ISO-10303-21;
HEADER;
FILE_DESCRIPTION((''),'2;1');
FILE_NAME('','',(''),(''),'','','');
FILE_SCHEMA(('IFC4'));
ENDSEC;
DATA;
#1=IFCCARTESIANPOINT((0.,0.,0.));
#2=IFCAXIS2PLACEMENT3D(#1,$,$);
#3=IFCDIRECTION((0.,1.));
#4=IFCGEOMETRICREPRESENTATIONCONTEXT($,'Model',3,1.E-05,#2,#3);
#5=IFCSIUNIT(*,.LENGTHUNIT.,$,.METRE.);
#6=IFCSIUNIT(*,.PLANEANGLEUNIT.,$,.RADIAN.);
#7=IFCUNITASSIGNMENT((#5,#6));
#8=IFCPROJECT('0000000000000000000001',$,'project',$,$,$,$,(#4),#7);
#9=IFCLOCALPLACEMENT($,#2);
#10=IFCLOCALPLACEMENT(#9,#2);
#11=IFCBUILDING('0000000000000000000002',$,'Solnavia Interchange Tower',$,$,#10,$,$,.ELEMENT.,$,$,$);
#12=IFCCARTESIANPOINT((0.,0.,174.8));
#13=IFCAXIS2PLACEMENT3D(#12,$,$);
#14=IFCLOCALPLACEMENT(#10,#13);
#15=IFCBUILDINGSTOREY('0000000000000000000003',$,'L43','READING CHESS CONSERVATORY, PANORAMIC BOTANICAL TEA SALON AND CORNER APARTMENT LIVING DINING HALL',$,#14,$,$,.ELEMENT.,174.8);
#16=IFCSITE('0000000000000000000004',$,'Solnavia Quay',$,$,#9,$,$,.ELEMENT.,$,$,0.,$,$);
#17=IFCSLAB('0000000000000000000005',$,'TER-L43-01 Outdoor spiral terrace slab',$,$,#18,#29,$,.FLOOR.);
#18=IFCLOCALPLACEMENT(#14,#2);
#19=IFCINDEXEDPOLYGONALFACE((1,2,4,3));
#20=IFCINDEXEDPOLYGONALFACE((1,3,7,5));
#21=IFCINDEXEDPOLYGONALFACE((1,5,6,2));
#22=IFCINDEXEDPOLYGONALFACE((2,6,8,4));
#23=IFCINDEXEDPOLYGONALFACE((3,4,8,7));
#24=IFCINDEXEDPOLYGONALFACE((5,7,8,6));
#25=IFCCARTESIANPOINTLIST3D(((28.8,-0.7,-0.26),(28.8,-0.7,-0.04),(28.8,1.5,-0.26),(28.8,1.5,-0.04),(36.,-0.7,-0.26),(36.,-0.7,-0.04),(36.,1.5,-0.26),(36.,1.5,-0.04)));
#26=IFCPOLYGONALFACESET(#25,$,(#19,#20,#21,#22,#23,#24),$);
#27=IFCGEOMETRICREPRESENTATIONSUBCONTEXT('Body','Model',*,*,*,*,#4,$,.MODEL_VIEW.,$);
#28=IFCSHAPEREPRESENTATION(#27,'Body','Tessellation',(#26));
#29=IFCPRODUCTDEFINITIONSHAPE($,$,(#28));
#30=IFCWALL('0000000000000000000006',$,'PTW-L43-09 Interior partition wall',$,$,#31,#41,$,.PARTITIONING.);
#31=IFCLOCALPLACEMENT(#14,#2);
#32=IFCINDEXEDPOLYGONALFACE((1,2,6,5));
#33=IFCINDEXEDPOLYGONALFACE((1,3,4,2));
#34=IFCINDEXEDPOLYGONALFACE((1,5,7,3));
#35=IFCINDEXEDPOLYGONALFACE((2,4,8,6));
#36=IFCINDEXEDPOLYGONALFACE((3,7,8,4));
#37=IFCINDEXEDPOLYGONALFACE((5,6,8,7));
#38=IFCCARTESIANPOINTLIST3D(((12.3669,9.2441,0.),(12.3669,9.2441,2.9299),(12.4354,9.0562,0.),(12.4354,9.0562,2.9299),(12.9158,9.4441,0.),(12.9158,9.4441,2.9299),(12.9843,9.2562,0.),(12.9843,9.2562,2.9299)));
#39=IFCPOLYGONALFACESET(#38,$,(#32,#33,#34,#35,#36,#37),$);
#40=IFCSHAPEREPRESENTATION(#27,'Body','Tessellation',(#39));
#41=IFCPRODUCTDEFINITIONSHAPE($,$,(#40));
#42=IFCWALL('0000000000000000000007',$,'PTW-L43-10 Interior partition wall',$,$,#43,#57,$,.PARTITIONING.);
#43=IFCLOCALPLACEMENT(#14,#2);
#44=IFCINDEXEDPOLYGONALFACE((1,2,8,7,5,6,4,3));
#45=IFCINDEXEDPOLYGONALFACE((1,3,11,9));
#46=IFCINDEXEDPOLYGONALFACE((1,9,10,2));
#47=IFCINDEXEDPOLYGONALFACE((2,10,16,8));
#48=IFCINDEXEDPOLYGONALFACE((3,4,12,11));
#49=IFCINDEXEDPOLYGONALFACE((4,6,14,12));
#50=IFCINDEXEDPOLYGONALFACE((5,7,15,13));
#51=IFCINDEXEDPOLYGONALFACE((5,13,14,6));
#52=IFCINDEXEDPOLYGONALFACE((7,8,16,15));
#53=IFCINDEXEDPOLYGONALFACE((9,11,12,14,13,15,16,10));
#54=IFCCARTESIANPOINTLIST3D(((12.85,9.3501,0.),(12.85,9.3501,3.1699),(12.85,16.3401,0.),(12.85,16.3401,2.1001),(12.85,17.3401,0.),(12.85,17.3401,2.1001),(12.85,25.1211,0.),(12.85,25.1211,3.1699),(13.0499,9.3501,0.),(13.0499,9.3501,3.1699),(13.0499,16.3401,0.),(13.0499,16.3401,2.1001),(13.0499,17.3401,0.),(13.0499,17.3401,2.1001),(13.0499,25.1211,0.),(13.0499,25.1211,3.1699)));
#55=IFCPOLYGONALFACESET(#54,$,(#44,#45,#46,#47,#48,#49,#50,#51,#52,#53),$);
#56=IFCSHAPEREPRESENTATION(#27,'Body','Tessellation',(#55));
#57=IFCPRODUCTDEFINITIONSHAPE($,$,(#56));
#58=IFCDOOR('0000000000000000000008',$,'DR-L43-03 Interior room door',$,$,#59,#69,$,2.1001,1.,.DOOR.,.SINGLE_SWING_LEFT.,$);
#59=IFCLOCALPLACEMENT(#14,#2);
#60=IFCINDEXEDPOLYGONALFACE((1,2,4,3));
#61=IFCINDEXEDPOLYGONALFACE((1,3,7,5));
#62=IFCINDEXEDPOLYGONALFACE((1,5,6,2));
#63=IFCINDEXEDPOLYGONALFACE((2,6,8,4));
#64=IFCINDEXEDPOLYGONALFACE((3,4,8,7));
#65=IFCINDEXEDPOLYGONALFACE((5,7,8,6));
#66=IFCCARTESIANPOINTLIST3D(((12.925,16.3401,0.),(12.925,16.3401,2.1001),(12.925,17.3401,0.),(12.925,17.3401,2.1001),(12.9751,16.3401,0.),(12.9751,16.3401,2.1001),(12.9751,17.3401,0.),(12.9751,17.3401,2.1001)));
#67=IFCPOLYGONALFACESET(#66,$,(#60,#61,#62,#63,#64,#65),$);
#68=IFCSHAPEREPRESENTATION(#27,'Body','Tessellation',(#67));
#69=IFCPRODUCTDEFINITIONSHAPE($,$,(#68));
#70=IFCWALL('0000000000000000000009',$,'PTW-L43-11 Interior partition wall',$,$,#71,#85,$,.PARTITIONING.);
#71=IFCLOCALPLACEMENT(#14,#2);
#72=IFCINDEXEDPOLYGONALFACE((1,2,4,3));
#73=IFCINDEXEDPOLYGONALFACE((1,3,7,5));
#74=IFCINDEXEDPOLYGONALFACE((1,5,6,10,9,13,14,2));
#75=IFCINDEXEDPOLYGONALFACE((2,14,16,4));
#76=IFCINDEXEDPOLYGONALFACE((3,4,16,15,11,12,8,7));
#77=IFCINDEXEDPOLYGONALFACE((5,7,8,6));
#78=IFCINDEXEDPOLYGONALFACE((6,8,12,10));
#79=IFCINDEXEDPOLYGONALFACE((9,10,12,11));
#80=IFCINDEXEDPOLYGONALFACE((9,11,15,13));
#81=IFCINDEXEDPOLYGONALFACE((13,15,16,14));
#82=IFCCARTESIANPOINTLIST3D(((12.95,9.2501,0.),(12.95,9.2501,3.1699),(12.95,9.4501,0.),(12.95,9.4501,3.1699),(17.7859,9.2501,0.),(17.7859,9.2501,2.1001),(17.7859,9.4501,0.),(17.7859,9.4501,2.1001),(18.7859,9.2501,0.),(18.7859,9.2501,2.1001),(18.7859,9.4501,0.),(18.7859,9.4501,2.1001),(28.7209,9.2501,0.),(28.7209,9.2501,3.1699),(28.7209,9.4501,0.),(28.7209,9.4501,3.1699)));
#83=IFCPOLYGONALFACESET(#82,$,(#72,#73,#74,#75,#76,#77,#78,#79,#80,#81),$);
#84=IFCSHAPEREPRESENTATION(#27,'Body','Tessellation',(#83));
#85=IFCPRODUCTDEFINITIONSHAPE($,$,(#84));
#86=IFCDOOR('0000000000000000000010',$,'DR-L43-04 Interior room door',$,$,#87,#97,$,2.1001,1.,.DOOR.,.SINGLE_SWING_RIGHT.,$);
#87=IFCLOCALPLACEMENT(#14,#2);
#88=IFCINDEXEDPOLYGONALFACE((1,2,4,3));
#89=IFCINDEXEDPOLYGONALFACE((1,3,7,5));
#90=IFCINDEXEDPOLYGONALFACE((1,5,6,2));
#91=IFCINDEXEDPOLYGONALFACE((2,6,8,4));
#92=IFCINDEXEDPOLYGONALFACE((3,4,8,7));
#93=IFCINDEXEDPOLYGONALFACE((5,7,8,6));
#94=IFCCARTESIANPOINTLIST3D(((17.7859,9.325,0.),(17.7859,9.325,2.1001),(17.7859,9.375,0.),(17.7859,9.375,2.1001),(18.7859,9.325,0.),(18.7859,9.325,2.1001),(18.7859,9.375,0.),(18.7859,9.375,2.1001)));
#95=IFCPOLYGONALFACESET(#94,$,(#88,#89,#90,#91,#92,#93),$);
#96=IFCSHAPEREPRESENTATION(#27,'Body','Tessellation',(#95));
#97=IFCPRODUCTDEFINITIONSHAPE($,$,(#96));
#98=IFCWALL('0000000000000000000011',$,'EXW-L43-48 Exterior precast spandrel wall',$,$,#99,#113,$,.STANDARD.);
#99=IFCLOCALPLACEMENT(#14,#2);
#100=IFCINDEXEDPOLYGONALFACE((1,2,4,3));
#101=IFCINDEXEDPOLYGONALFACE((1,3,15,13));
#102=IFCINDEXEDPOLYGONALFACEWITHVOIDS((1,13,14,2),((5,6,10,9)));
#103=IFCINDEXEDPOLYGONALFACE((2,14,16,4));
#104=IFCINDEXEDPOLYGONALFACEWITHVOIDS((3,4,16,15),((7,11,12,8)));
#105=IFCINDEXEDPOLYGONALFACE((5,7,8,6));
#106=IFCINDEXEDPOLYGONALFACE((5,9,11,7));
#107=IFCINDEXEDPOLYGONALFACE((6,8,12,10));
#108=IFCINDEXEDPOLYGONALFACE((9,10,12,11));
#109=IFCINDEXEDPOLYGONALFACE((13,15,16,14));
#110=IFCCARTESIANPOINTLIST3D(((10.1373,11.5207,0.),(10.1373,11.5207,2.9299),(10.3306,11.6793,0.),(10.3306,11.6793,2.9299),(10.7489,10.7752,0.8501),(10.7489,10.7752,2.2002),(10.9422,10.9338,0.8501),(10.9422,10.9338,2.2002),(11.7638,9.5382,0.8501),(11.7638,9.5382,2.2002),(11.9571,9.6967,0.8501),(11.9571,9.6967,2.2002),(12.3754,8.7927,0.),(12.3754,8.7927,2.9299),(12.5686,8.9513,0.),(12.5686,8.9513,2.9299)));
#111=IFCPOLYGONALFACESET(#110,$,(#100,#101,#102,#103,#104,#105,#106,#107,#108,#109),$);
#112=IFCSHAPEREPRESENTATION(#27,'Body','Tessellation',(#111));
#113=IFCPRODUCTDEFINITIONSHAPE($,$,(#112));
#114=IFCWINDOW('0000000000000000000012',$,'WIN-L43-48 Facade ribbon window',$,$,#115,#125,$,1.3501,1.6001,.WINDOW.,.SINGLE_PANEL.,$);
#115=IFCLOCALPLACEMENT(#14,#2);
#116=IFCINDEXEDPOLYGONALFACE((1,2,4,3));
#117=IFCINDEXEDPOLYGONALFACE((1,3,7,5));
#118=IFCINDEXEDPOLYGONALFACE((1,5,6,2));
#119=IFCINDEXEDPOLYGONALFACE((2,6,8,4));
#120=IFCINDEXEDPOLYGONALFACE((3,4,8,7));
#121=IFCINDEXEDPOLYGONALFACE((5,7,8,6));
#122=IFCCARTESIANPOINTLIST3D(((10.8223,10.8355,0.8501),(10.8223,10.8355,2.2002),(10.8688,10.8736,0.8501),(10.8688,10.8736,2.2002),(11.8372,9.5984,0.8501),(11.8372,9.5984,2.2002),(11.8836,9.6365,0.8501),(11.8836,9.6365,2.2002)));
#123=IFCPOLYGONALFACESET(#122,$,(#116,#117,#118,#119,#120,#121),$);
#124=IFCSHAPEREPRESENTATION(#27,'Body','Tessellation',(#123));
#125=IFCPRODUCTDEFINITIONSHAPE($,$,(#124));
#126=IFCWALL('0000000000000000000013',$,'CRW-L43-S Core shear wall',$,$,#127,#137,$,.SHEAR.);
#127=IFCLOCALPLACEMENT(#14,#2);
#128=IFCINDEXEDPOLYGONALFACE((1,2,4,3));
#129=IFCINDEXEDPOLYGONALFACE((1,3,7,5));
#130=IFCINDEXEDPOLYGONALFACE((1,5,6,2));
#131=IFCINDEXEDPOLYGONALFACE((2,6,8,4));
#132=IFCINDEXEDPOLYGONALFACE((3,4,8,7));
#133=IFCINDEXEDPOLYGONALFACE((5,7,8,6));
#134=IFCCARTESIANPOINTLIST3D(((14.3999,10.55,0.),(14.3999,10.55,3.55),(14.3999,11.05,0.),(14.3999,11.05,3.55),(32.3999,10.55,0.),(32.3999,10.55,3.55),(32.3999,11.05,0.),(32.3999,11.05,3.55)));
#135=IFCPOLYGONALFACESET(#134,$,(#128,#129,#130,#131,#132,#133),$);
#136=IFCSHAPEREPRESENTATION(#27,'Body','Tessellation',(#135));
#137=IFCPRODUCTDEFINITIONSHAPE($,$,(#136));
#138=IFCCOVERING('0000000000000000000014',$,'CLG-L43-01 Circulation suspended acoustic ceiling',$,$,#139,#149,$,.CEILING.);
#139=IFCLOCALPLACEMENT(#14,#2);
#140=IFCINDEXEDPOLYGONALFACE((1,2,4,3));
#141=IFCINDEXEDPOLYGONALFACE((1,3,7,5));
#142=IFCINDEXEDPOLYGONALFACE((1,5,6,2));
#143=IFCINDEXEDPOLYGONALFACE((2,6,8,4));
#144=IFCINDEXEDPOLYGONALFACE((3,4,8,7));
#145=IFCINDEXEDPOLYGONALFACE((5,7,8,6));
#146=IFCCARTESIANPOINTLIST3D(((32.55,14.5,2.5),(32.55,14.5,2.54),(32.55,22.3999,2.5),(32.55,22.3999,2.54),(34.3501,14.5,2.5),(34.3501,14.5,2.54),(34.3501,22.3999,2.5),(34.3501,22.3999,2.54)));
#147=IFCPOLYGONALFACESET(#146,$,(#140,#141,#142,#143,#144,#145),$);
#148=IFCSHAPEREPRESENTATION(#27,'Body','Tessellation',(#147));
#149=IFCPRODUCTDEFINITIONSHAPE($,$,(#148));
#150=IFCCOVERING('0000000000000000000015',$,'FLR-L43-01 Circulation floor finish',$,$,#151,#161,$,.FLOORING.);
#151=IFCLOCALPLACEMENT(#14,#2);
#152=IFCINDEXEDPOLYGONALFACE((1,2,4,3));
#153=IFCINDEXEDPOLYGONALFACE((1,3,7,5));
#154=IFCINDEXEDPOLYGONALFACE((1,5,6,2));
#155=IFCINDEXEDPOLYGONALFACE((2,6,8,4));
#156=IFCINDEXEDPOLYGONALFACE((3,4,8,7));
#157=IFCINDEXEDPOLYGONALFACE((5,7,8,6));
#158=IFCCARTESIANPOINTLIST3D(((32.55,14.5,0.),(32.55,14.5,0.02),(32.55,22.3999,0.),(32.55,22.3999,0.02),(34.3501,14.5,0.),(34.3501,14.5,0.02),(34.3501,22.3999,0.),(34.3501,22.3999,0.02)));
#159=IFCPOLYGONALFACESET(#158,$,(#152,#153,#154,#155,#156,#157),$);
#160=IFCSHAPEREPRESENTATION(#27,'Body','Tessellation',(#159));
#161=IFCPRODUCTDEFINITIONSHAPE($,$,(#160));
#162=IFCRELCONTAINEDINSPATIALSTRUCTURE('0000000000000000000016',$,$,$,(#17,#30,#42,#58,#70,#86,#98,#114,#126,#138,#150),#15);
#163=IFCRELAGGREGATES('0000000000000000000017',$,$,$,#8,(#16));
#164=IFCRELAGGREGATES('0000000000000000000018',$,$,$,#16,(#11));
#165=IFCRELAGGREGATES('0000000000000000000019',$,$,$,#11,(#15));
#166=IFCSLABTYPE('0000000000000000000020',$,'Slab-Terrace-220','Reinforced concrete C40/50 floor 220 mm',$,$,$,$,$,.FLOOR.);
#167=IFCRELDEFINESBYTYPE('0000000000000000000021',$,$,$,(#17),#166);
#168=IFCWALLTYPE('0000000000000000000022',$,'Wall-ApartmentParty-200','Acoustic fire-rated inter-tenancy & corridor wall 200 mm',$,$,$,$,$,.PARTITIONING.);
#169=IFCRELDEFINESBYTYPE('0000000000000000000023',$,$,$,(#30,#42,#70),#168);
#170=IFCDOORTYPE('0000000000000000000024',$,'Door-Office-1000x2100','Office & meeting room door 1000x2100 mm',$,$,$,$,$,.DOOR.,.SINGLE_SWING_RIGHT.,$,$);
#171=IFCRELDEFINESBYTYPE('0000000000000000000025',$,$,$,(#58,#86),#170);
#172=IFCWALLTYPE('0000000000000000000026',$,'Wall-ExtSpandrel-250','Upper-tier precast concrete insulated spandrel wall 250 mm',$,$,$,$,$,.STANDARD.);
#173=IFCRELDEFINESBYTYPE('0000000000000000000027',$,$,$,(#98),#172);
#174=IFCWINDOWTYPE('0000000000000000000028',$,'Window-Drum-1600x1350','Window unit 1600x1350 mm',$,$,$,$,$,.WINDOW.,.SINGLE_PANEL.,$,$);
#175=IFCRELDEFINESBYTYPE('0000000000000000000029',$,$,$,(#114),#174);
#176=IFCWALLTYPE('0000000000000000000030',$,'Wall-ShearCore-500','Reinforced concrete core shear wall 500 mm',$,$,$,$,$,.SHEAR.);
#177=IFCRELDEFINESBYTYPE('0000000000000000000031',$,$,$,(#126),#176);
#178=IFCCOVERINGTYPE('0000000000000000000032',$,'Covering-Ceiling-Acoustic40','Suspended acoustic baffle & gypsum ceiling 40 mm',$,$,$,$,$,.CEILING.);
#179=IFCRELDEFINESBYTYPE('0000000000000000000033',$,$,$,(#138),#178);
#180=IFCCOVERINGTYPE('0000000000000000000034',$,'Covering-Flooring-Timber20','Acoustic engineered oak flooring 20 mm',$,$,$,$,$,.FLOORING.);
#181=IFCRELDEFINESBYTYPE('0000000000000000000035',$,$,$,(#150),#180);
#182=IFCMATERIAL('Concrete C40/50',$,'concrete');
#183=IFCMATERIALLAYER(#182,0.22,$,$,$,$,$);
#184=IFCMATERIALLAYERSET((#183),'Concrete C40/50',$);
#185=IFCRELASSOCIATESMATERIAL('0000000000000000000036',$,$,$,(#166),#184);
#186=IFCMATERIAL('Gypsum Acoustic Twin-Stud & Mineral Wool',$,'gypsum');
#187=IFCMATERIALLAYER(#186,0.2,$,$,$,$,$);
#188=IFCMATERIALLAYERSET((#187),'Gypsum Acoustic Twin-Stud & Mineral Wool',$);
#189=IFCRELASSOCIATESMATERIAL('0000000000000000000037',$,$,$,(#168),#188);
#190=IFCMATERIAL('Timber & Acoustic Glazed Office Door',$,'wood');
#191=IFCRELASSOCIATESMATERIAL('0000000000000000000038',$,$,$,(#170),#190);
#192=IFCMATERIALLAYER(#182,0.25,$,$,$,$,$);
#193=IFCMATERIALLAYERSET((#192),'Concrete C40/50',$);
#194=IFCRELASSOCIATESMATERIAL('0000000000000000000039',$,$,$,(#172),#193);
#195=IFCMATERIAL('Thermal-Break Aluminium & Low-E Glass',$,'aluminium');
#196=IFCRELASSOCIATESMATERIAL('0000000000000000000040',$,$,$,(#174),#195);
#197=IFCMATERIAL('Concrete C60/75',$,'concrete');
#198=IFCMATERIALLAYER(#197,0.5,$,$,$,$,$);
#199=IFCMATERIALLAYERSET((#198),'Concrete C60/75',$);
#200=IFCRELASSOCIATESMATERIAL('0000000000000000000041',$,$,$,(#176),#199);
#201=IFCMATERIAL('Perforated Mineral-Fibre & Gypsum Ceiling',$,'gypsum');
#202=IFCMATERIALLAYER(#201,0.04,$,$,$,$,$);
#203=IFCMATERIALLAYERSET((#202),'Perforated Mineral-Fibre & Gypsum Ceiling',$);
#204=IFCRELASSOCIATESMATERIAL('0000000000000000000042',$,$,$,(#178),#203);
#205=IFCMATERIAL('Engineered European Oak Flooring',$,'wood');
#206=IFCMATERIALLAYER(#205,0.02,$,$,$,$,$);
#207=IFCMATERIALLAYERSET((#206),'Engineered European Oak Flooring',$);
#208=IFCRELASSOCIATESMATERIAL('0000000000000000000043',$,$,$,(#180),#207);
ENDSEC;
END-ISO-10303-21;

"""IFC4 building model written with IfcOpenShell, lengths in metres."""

from ifc_helpers import new_model, si_unit, direction, frame, frame_2d, origin, place, context, subcontext, project, spatial, polyline, rectangle, outline, extrude, material, layer, layer_set, type_object, element, fill, save


model = new_model("IFC4")

# Units and contexts
model_context = context("Model", 3, precision=1e-05, world=origin(), true_north=direction((0.0, 1.0)))
body_context = subcontext(model_context, "Body", "Model", "MODEL_VIEW")
ifc_project = project(units=[si_unit("LENGTHUNIT", "METRE"), si_unit("PLANEANGLEUNIT", "RADIAN")], contexts=[model_context])

# Site, building, storey
site_placement = place(None, origin())
site = spatial("IfcSite", under=ifc_project, at=site_placement, Name="Solnavia Quay", CompositionType="ELEMENT", RefElevation=0.0)
building_placement = place(site_placement, origin())
building = spatial("IfcBuilding", under=site, at=building_placement, Name="Solnavia Interchange Tower", CompositionType="ELEMENT")
storey_placement = place(building_placement, frame((0.0, 0.0, 174.8)))
storey = spatial("IfcBuildingStorey", under=building, at=storey_placement, Name="L43", Description="READING CHESS CONSERVATORY, PANORAMIC BOTANICAL TEA SALON AND CORNER APARTMENT LIVING DINING HALL", CompositionType="ELEMENT", Elevation=174.8)

# Shared definitions
ifc_material_1 = material(Name="Concrete C40/50", Category="concrete")

# Slab
ifc_layer_1 = layer(ifc_material_1, 0.22)
ifc_layer_set_1 = layer_set([ifc_layer_1], Name="Concrete C40/50")
slab_type_1 = type_object("IfcSlabType", Name="Slab-Terrace-220", Description="Reinforced concrete C40/50 floor 220 mm", PredefinedType="FLOOR", material=ifc_layer_set_1)
slab_1_placement = place(storey_placement, frame((0.0, 0.0, -0.26)))
element("IfcSlab", 1, at=slab_1_placement, inside=storey, type_object=slab_type_1, Name="TER-L43-01 Outdoor spiral terrace slab", PredefinedType="FLOOR", context=body_context, shape_type="SweptSolid", body=[
    extrude(outline(polyline([(28.8, -0.7), (36.0, -0.7), (36.0, 1.5), (28.8, 1.5), (28.8, -0.7)])), origin(), (0.0, 0.0, 1.0), 0.22),
])

# Wall
ifc_material_2 = material(Name="Gypsum Acoustic Twin-Stud & Mineral Wool", Category="gypsum")
ifc_layer_2 = layer(ifc_material_2, 0.2)
ifc_layer_set_2 = layer_set([ifc_layer_2], Name="Gypsum Acoustic Twin-Stud & Mineral Wool")
wall_type_1 = type_object("IfcWallType", Name="Wall-ApartmentParty-200", Description="Acoustic fire-rated inter-tenancy & corridor wall 200 mm", PredefinedType="PARTITIONING", material=ifc_layer_set_2)
wall_1_placement = place(storey_placement, frame((12.95, 9.3501, 0.0), z_axis=(0.0, 0.0, 1.0), x_axis=(-0.939586, -0.342314, 0.0)))
element("IfcWall", 2, at=wall_1_placement, inside=storey, type_object=wall_type_1, Name="PTW-L43-09 Interior partition wall", PredefinedType="PARTITIONING", context=body_context, shape_type="SweptSolid", body=[
    extrude(rectangle(XDim=0.5842, YDim=0.2, at=frame_2d((0.292, 0.0))), origin(), (0.0, 0.0, 1.0), 2.9299),
])

# Walls, openings, doors
wall_2_placement = place(storey_placement, frame((12.95, 9.3501, 0.0), z_axis=(0.0, 0.0, 1.0), x_axis=(0.0, 1.0, 0.0)))
wall_2 = element("IfcWall", 3, at=wall_2_placement, inside=storey, type_object=wall_type_1, Name="PTW-L43-10 Interior partition wall", PredefinedType="PARTITIONING", context=body_context, shape_type="SweptSolid", body=[
    extrude(rectangle(XDim=15.771, YDim=0.2, at=frame_2d((7.8855, 0.0))), origin(), (0.0, 0.0, 1.0), 3.1699),
])
opening_1_placement = place(wall_2_placement, frame((6.99, 0.0, 0.0)))
opening_1 = element("IfcOpeningElement", 4, at=opening_1_placement, cuts=wall_2, PredefinedType="OPENING", context=body_context, shape_type="SweptSolid", body=[
    extrude(rectangle(XDim=1.0, YDim=2.1001, at=frame_2d((0.5, 1.05))), frame((0.0, 0.1099, 0.0), z_axis=(0.0, -1.0, 0.0), x_axis=(1.0, 0.0, 0.0)), (0.0, 0.0, 1.0), 0.22),
])
ifc_material_3 = material(Name="Timber & Acoustic Glazed Office Door", Category="wood")
door_type = type_object("IfcDoorType", Name="Door-Office-1000x2100", Description="Office & meeting room door 1000x2100 mm", OperationType="SINGLE_SWING_RIGHT", PredefinedType="DOOR", material=ifc_material_3)
door_1_placement = place(opening_1_placement, origin())
door_1 = element("IfcDoor", 5, at=door_1_placement, inside=storey, type_object=door_type, Name="DR-L43-03 Interior room door", OperationType="SINGLE_SWING_LEFT", OverallHeight=2.1001, OverallWidth=1.0, PredefinedType="DOOR", context=body_context, shape_type="SweptSolid", body=[
    extrude(rectangle(XDim=1.0, YDim=2.1001, at=frame_2d((0.5, 1.05))), frame((0.0, 0.0249, 0.0), z_axis=(0.0, -1.0, 0.0), x_axis=(1.0, 0.0, 0.0)), (0.0, 0.0, 1.0), 0.05),
])
fill(opening_1, door_1)
wall_3_placement = place(storey_placement, frame((12.95, 9.3501, 0.0), z_axis=(0.0, 0.0, 1.0), x_axis=(1.0, 0.0, 0.0)))
wall_3 = element("IfcWall", 6, at=wall_3_placement, inside=storey, type_object=wall_type_1, Name="PTW-L43-11 Interior partition wall", PredefinedType="PARTITIONING", context=body_context, shape_type="SweptSolid", body=[
    extrude(rectangle(XDim=15.771, YDim=0.2, at=frame_2d((7.8855, 0.0))), origin(), (0.0, 0.0, 1.0), 3.1699),
])
opening_2_placement = place(wall_3_placement, frame((4.8359, 0.0, 0.0)))
opening_2 = element("IfcOpeningElement", 7, at=opening_2_placement, cuts=wall_3, PredefinedType="OPENING", context=body_context, shape_type="SweptSolid", body=[
    extrude(rectangle(XDim=1.0, YDim=2.1001, at=frame_2d((0.5, 1.05))), frame((0.0, 0.1099, 0.0), z_axis=(0.0, -1.0, 0.0), x_axis=(1.0, 0.0, 0.0)), (0.0, 0.0, 1.0), 0.22),
])
door_2_placement = place(opening_2_placement, origin())
door_2 = element("IfcDoor", 8, at=door_2_placement, inside=storey, type_object=door_type, Name="DR-L43-04 Interior room door", OperationType="SINGLE_SWING_RIGHT", OverallHeight=2.1001, OverallWidth=1.0, PredefinedType="DOOR", context=body_context, shape_type="SweptSolid", body=[
    extrude(rectangle(XDim=1.0, YDim=2.1001, at=frame_2d((0.5, 1.05))), frame((0.0, 0.0249, 0.0), z_axis=(0.0, -1.0, 0.0), x_axis=(1.0, 0.0, 0.0)), (0.0, 0.0, 1.0), 0.05),
])
fill(opening_2, door_2)

# Wall, opening, window
ifc_layer_3 = layer(ifc_material_1, 0.25)
ifc_layer_set_3 = layer_set([ifc_layer_3], Name="Concrete C40/50")
wall_type_2 = type_object("IfcWallType", Name="Wall-ExtSpandrel-250", Description="Upper-tier precast concrete insulated spandrel wall 250 mm", PredefinedType="STANDARD", material=ifc_layer_set_3)
wall_4_placement = place(storey_placement, frame((12.4719, 8.8721, 0.0), z_axis=(0.0, 0.0, 1.0), x_axis=(-0.634258, 0.773121, 0.0)))
wall_4 = element("IfcWall", 9, at=wall_4_placement, inside=storey, type_object=wall_type_2, Name="EXW-L43-48 Exterior precast spandrel wall", PredefinedType="STANDARD", context=body_context, shape_type="SweptSolid", body=[
    extrude(rectangle(XDim=3.5286, YDim=0.25, at=frame_2d((1.7642, 0.0))), origin(), (0.0, 0.0, 1.0), 2.9299),
])
opening_3_placement = place(wall_4_placement, frame((0.9641, 0.0, 0.8501)))
opening_3 = element("IfcOpeningElement", 10, at=opening_3_placement, cuts=wall_4, PredefinedType="OPENING", context=body_context, shape_type="SweptSolid", body=[
    extrude(rectangle(XDim=1.6001, YDim=1.3501, at=frame_2d((0.8, 0.675))), frame((0.0, 0.135, 0.0), z_axis=(0.0, -1.0, 0.0), x_axis=(1.0, 0.0, 0.0)), (0.0, 0.0, 1.0), 0.27),
])
ifc_material_4 = material(Name="Thermal-Break Aluminium & Low-E Glass", Category="aluminium")
window_type = type_object("IfcWindowType", Name="Window-Drum-1600x1350", Description="Window unit 1600x1350 mm", PartitioningType="SINGLE_PANEL", PredefinedType="WINDOW", material=ifc_material_4)
window_placement = place(opening_3_placement, origin())
window = element("IfcWindow", 11, at=window_placement, inside=storey, type_object=window_type, Name="WIN-L43-48 Facade ribbon window", OverallHeight=1.3501, OverallWidth=1.6001, PartitioningType="SINGLE_PANEL", PredefinedType="WINDOW", context=body_context, shape_type="SweptSolid", body=[
    extrude(rectangle(XDim=1.6001, YDim=1.3501, at=frame_2d((0.8, 0.675))), frame((0.0, 0.03, 0.0), z_axis=(0.0, -1.0, 0.0), x_axis=(1.0, 0.0, 0.0)), (0.0, 0.0, 1.0), 0.0601),
])
fill(opening_3, window)

# Wall
ifc_material_5 = material(Name="Concrete C60/75", Category="concrete")
ifc_layer_4 = layer(ifc_material_5, 0.5)
ifc_layer_set_4 = layer_set([ifc_layer_4], Name="Concrete C60/75")
wall_type_3 = type_object("IfcWallType", Name="Wall-ShearCore-500", Description="Reinforced concrete core shear wall 500 mm", PredefinedType="SHEAR", material=ifc_layer_set_4)
wall_5_placement = place(storey_placement, frame((14.3999, 10.8, 0.0), z_axis=(0.0, 0.0, 1.0), x_axis=(1.0, 0.0, 0.0)))
element("IfcWall", 12, at=wall_5_placement, inside=storey, type_object=wall_type_3, Name="CRW-L43-S Core shear wall", PredefinedType="SHEAR", context=body_context, shape_type="SweptSolid", body=[
    extrude(rectangle(XDim=18.0, YDim=0.5, at=frame_2d((9.0, 0.0))), origin(), (0.0, 0.0, 1.0), 3.55),
])

# Coverings
ifc_material_6 = material(Name="Perforated Mineral-Fibre & Gypsum Ceiling", Category="gypsum")
ifc_layer_5 = layer(ifc_material_6, 0.04)
ifc_layer_set_5 = layer_set([ifc_layer_5], Name="Perforated Mineral-Fibre & Gypsum Ceiling")
covering_type_1 = type_object("IfcCoveringType", Name="Covering-Ceiling-Acoustic40", Description="Suspended acoustic baffle & gypsum ceiling 40 mm", PredefinedType="CEILING", material=ifc_layer_set_5)
covering_1_placement = place(storey_placement, frame((0.0, 0.0, 2.5)))
element("IfcCovering", 13, at=covering_1_placement, inside=storey, type_object=covering_type_1, Name="CLG-L43-01 Circulation suspended acoustic ceiling", PredefinedType="CEILING", context=body_context, shape_type="SweptSolid", body=[
    extrude(outline(polyline([(32.55, 14.5), (34.3501, 14.5), (34.3501, 22.3999), (32.55, 22.3999), (32.55, 14.5)])), origin(), (0.0, 0.0, 1.0), 0.04),
])
ifc_material_7 = material(Name="Engineered European Oak Flooring", Category="wood")
ifc_layer_6 = layer(ifc_material_7, 0.02)
ifc_layer_set_6 = layer_set([ifc_layer_6], Name="Engineered European Oak Flooring")
covering_type_2 = type_object("IfcCoveringType", Name="Covering-Flooring-Timber20", Description="Acoustic engineered oak flooring 20 mm", PredefinedType="FLOORING", material=ifc_layer_set_6)
covering_2_placement = place(storey_placement, origin())
element("IfcCovering", 14, at=covering_2_placement, inside=storey, type_object=covering_type_2, Name="FLR-L43-01 Circulation floor finish", PredefinedType="FLOORING", context=body_context, shape_type="SweptSolid", body=[
    extrude(outline(polyline([(32.55, 14.5), (34.3501, 14.5), (34.3501, 22.3999), (32.55, 22.3999), (32.55, 14.5)])), origin(), (0.0, 0.0, 1.0), 0.02),
])

save(model, "model.ifc")
